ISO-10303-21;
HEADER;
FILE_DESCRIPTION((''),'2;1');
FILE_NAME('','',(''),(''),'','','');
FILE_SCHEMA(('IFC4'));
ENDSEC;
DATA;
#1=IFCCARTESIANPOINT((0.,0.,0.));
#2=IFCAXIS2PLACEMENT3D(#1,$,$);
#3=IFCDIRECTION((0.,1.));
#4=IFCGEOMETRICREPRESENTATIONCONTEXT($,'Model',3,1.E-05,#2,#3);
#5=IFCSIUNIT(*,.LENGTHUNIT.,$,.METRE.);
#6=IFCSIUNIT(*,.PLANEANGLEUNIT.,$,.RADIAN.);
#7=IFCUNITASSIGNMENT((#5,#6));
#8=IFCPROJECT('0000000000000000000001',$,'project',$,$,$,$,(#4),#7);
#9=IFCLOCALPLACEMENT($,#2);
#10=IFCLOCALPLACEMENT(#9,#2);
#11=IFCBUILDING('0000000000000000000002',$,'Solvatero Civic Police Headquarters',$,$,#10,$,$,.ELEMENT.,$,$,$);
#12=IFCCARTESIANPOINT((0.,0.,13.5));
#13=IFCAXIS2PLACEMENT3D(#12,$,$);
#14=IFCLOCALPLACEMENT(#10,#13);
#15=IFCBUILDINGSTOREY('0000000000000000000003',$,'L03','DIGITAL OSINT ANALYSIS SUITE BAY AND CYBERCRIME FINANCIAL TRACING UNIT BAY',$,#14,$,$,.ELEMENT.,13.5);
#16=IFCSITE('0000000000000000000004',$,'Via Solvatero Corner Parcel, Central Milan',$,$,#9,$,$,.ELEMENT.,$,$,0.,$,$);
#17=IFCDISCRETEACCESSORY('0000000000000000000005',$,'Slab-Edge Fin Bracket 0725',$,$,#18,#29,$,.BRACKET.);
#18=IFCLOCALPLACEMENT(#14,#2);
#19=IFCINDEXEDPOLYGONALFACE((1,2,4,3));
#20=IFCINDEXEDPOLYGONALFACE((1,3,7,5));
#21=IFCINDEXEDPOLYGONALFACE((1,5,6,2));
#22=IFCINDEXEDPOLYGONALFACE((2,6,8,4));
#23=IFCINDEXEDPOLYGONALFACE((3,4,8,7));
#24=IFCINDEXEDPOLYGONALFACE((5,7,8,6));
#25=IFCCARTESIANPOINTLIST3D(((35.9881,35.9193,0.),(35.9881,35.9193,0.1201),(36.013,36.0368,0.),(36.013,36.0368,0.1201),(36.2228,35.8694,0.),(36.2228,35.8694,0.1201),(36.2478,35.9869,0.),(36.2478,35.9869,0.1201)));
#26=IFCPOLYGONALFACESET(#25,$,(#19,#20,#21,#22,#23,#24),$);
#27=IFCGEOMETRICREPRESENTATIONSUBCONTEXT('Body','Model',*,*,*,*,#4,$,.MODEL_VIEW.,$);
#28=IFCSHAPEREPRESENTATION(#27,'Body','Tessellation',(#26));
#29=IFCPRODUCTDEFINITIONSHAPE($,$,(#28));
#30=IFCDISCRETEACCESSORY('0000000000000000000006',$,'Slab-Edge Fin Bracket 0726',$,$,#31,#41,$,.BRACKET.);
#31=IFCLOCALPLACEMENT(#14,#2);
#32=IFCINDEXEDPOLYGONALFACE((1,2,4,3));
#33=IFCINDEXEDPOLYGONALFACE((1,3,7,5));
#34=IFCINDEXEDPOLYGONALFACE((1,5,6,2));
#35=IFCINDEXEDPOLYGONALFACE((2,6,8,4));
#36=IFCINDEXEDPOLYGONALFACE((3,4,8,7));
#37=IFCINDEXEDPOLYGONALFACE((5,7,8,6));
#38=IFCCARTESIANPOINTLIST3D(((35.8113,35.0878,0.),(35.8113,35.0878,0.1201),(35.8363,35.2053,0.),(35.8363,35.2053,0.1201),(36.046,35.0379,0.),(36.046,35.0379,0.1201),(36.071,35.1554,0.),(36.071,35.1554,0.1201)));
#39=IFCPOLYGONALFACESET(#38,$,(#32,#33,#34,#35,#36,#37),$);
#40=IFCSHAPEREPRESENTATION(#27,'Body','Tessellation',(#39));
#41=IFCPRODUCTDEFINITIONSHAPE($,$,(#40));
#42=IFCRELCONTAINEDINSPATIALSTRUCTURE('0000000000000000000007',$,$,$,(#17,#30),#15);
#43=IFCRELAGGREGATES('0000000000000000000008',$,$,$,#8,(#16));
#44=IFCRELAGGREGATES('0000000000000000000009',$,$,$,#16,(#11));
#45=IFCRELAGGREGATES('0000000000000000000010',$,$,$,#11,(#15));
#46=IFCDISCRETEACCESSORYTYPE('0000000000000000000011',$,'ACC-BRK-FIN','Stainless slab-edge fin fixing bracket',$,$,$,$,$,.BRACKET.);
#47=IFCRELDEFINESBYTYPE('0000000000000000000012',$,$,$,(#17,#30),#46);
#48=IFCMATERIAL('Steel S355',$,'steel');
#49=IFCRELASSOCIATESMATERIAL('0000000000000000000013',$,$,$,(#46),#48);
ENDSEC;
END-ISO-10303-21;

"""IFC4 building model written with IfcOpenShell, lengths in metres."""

from ifc_helpers import new_model, si_unit, direction, frame, origin, origin_2d, place, context, subcontext, project, spatial, rectangle, extrude, material, type_object, element, save


model = new_model("IFC4")

# Units and contexts
model_context = context("Model", 3, precision=1e-05, world=origin(), true_north=direction((0.0, 1.0)))
body_context = subcontext(model_context, "Body", "Model", "MODEL_VIEW")
ifc_project = project(units=[si_unit("LENGTHUNIT", "METRE"), si_unit("PLANEANGLEUNIT", "RADIAN")], contexts=[model_context])

# Site, building, storey
site_placement = place(None, origin())
site = spatial("IfcSite", under=ifc_project, at=site_placement, Name="Via Solvatero Corner Parcel, Central Milan", CompositionType="ELEMENT", RefElevation=0.0)
building_placement = place(site_placement, origin())
building = spatial("IfcBuilding", under=site, at=building_placement, Name="Solvatero Civic Police Headquarters", CompositionType="ELEMENT")
storey_placement = place(building_placement, frame((0.0, 0.0, 13.5)))
storey = spatial("IfcBuildingStorey", under=building, at=storey_placement, Name="L03", Description="DIGITAL OSINT ANALYSIS SUITE BAY AND CYBERCRIME FINANCIAL TRACING UNIT BAY", CompositionType="ELEMENT", Elevation=13.5)

# Discrete accessories
ifc_material_1 = material(Name="Steel S355", Category="steel")
discrete_accessory_type = type_object("IfcDiscreteAccessoryType", Name="ACC-BRK-FIN", Description="Stainless slab-edge fin fixing bracket", PredefinedType="BRACKET", material=ifc_material_1)
for number, where, z_axis, x_axis, name in (
    (1, (36.1179, 35.9531, 0.0), (0.0, 0.0, 1.0), (-0.207929, -0.978144, 0.0), "Slab-Edge Fin Bracket 0725"),
    (2, (35.9412, 35.1216, 0.0), (0.0, 0.0, 1.0), (-0.207929, -0.978144, 0.0), "Slab-Edge Fin Bracket 0726"),
):
    element("IfcDiscreteAccessory", number, at=place(storey_placement, frame(where, z_axis=z_axis, x_axis=x_axis)), inside=storey, type_object=discrete_accessory_type, Name=name, PredefinedType="BRACKET", context=body_context, shape_type="SweptSolid", body=[
        extrude(rectangle(XDim=0.1201, YDim=0.24, at=origin_2d()), origin(), (0.0, 0.0, 1.0), 0.1201),
    ])

save(model, "model.ifc")
